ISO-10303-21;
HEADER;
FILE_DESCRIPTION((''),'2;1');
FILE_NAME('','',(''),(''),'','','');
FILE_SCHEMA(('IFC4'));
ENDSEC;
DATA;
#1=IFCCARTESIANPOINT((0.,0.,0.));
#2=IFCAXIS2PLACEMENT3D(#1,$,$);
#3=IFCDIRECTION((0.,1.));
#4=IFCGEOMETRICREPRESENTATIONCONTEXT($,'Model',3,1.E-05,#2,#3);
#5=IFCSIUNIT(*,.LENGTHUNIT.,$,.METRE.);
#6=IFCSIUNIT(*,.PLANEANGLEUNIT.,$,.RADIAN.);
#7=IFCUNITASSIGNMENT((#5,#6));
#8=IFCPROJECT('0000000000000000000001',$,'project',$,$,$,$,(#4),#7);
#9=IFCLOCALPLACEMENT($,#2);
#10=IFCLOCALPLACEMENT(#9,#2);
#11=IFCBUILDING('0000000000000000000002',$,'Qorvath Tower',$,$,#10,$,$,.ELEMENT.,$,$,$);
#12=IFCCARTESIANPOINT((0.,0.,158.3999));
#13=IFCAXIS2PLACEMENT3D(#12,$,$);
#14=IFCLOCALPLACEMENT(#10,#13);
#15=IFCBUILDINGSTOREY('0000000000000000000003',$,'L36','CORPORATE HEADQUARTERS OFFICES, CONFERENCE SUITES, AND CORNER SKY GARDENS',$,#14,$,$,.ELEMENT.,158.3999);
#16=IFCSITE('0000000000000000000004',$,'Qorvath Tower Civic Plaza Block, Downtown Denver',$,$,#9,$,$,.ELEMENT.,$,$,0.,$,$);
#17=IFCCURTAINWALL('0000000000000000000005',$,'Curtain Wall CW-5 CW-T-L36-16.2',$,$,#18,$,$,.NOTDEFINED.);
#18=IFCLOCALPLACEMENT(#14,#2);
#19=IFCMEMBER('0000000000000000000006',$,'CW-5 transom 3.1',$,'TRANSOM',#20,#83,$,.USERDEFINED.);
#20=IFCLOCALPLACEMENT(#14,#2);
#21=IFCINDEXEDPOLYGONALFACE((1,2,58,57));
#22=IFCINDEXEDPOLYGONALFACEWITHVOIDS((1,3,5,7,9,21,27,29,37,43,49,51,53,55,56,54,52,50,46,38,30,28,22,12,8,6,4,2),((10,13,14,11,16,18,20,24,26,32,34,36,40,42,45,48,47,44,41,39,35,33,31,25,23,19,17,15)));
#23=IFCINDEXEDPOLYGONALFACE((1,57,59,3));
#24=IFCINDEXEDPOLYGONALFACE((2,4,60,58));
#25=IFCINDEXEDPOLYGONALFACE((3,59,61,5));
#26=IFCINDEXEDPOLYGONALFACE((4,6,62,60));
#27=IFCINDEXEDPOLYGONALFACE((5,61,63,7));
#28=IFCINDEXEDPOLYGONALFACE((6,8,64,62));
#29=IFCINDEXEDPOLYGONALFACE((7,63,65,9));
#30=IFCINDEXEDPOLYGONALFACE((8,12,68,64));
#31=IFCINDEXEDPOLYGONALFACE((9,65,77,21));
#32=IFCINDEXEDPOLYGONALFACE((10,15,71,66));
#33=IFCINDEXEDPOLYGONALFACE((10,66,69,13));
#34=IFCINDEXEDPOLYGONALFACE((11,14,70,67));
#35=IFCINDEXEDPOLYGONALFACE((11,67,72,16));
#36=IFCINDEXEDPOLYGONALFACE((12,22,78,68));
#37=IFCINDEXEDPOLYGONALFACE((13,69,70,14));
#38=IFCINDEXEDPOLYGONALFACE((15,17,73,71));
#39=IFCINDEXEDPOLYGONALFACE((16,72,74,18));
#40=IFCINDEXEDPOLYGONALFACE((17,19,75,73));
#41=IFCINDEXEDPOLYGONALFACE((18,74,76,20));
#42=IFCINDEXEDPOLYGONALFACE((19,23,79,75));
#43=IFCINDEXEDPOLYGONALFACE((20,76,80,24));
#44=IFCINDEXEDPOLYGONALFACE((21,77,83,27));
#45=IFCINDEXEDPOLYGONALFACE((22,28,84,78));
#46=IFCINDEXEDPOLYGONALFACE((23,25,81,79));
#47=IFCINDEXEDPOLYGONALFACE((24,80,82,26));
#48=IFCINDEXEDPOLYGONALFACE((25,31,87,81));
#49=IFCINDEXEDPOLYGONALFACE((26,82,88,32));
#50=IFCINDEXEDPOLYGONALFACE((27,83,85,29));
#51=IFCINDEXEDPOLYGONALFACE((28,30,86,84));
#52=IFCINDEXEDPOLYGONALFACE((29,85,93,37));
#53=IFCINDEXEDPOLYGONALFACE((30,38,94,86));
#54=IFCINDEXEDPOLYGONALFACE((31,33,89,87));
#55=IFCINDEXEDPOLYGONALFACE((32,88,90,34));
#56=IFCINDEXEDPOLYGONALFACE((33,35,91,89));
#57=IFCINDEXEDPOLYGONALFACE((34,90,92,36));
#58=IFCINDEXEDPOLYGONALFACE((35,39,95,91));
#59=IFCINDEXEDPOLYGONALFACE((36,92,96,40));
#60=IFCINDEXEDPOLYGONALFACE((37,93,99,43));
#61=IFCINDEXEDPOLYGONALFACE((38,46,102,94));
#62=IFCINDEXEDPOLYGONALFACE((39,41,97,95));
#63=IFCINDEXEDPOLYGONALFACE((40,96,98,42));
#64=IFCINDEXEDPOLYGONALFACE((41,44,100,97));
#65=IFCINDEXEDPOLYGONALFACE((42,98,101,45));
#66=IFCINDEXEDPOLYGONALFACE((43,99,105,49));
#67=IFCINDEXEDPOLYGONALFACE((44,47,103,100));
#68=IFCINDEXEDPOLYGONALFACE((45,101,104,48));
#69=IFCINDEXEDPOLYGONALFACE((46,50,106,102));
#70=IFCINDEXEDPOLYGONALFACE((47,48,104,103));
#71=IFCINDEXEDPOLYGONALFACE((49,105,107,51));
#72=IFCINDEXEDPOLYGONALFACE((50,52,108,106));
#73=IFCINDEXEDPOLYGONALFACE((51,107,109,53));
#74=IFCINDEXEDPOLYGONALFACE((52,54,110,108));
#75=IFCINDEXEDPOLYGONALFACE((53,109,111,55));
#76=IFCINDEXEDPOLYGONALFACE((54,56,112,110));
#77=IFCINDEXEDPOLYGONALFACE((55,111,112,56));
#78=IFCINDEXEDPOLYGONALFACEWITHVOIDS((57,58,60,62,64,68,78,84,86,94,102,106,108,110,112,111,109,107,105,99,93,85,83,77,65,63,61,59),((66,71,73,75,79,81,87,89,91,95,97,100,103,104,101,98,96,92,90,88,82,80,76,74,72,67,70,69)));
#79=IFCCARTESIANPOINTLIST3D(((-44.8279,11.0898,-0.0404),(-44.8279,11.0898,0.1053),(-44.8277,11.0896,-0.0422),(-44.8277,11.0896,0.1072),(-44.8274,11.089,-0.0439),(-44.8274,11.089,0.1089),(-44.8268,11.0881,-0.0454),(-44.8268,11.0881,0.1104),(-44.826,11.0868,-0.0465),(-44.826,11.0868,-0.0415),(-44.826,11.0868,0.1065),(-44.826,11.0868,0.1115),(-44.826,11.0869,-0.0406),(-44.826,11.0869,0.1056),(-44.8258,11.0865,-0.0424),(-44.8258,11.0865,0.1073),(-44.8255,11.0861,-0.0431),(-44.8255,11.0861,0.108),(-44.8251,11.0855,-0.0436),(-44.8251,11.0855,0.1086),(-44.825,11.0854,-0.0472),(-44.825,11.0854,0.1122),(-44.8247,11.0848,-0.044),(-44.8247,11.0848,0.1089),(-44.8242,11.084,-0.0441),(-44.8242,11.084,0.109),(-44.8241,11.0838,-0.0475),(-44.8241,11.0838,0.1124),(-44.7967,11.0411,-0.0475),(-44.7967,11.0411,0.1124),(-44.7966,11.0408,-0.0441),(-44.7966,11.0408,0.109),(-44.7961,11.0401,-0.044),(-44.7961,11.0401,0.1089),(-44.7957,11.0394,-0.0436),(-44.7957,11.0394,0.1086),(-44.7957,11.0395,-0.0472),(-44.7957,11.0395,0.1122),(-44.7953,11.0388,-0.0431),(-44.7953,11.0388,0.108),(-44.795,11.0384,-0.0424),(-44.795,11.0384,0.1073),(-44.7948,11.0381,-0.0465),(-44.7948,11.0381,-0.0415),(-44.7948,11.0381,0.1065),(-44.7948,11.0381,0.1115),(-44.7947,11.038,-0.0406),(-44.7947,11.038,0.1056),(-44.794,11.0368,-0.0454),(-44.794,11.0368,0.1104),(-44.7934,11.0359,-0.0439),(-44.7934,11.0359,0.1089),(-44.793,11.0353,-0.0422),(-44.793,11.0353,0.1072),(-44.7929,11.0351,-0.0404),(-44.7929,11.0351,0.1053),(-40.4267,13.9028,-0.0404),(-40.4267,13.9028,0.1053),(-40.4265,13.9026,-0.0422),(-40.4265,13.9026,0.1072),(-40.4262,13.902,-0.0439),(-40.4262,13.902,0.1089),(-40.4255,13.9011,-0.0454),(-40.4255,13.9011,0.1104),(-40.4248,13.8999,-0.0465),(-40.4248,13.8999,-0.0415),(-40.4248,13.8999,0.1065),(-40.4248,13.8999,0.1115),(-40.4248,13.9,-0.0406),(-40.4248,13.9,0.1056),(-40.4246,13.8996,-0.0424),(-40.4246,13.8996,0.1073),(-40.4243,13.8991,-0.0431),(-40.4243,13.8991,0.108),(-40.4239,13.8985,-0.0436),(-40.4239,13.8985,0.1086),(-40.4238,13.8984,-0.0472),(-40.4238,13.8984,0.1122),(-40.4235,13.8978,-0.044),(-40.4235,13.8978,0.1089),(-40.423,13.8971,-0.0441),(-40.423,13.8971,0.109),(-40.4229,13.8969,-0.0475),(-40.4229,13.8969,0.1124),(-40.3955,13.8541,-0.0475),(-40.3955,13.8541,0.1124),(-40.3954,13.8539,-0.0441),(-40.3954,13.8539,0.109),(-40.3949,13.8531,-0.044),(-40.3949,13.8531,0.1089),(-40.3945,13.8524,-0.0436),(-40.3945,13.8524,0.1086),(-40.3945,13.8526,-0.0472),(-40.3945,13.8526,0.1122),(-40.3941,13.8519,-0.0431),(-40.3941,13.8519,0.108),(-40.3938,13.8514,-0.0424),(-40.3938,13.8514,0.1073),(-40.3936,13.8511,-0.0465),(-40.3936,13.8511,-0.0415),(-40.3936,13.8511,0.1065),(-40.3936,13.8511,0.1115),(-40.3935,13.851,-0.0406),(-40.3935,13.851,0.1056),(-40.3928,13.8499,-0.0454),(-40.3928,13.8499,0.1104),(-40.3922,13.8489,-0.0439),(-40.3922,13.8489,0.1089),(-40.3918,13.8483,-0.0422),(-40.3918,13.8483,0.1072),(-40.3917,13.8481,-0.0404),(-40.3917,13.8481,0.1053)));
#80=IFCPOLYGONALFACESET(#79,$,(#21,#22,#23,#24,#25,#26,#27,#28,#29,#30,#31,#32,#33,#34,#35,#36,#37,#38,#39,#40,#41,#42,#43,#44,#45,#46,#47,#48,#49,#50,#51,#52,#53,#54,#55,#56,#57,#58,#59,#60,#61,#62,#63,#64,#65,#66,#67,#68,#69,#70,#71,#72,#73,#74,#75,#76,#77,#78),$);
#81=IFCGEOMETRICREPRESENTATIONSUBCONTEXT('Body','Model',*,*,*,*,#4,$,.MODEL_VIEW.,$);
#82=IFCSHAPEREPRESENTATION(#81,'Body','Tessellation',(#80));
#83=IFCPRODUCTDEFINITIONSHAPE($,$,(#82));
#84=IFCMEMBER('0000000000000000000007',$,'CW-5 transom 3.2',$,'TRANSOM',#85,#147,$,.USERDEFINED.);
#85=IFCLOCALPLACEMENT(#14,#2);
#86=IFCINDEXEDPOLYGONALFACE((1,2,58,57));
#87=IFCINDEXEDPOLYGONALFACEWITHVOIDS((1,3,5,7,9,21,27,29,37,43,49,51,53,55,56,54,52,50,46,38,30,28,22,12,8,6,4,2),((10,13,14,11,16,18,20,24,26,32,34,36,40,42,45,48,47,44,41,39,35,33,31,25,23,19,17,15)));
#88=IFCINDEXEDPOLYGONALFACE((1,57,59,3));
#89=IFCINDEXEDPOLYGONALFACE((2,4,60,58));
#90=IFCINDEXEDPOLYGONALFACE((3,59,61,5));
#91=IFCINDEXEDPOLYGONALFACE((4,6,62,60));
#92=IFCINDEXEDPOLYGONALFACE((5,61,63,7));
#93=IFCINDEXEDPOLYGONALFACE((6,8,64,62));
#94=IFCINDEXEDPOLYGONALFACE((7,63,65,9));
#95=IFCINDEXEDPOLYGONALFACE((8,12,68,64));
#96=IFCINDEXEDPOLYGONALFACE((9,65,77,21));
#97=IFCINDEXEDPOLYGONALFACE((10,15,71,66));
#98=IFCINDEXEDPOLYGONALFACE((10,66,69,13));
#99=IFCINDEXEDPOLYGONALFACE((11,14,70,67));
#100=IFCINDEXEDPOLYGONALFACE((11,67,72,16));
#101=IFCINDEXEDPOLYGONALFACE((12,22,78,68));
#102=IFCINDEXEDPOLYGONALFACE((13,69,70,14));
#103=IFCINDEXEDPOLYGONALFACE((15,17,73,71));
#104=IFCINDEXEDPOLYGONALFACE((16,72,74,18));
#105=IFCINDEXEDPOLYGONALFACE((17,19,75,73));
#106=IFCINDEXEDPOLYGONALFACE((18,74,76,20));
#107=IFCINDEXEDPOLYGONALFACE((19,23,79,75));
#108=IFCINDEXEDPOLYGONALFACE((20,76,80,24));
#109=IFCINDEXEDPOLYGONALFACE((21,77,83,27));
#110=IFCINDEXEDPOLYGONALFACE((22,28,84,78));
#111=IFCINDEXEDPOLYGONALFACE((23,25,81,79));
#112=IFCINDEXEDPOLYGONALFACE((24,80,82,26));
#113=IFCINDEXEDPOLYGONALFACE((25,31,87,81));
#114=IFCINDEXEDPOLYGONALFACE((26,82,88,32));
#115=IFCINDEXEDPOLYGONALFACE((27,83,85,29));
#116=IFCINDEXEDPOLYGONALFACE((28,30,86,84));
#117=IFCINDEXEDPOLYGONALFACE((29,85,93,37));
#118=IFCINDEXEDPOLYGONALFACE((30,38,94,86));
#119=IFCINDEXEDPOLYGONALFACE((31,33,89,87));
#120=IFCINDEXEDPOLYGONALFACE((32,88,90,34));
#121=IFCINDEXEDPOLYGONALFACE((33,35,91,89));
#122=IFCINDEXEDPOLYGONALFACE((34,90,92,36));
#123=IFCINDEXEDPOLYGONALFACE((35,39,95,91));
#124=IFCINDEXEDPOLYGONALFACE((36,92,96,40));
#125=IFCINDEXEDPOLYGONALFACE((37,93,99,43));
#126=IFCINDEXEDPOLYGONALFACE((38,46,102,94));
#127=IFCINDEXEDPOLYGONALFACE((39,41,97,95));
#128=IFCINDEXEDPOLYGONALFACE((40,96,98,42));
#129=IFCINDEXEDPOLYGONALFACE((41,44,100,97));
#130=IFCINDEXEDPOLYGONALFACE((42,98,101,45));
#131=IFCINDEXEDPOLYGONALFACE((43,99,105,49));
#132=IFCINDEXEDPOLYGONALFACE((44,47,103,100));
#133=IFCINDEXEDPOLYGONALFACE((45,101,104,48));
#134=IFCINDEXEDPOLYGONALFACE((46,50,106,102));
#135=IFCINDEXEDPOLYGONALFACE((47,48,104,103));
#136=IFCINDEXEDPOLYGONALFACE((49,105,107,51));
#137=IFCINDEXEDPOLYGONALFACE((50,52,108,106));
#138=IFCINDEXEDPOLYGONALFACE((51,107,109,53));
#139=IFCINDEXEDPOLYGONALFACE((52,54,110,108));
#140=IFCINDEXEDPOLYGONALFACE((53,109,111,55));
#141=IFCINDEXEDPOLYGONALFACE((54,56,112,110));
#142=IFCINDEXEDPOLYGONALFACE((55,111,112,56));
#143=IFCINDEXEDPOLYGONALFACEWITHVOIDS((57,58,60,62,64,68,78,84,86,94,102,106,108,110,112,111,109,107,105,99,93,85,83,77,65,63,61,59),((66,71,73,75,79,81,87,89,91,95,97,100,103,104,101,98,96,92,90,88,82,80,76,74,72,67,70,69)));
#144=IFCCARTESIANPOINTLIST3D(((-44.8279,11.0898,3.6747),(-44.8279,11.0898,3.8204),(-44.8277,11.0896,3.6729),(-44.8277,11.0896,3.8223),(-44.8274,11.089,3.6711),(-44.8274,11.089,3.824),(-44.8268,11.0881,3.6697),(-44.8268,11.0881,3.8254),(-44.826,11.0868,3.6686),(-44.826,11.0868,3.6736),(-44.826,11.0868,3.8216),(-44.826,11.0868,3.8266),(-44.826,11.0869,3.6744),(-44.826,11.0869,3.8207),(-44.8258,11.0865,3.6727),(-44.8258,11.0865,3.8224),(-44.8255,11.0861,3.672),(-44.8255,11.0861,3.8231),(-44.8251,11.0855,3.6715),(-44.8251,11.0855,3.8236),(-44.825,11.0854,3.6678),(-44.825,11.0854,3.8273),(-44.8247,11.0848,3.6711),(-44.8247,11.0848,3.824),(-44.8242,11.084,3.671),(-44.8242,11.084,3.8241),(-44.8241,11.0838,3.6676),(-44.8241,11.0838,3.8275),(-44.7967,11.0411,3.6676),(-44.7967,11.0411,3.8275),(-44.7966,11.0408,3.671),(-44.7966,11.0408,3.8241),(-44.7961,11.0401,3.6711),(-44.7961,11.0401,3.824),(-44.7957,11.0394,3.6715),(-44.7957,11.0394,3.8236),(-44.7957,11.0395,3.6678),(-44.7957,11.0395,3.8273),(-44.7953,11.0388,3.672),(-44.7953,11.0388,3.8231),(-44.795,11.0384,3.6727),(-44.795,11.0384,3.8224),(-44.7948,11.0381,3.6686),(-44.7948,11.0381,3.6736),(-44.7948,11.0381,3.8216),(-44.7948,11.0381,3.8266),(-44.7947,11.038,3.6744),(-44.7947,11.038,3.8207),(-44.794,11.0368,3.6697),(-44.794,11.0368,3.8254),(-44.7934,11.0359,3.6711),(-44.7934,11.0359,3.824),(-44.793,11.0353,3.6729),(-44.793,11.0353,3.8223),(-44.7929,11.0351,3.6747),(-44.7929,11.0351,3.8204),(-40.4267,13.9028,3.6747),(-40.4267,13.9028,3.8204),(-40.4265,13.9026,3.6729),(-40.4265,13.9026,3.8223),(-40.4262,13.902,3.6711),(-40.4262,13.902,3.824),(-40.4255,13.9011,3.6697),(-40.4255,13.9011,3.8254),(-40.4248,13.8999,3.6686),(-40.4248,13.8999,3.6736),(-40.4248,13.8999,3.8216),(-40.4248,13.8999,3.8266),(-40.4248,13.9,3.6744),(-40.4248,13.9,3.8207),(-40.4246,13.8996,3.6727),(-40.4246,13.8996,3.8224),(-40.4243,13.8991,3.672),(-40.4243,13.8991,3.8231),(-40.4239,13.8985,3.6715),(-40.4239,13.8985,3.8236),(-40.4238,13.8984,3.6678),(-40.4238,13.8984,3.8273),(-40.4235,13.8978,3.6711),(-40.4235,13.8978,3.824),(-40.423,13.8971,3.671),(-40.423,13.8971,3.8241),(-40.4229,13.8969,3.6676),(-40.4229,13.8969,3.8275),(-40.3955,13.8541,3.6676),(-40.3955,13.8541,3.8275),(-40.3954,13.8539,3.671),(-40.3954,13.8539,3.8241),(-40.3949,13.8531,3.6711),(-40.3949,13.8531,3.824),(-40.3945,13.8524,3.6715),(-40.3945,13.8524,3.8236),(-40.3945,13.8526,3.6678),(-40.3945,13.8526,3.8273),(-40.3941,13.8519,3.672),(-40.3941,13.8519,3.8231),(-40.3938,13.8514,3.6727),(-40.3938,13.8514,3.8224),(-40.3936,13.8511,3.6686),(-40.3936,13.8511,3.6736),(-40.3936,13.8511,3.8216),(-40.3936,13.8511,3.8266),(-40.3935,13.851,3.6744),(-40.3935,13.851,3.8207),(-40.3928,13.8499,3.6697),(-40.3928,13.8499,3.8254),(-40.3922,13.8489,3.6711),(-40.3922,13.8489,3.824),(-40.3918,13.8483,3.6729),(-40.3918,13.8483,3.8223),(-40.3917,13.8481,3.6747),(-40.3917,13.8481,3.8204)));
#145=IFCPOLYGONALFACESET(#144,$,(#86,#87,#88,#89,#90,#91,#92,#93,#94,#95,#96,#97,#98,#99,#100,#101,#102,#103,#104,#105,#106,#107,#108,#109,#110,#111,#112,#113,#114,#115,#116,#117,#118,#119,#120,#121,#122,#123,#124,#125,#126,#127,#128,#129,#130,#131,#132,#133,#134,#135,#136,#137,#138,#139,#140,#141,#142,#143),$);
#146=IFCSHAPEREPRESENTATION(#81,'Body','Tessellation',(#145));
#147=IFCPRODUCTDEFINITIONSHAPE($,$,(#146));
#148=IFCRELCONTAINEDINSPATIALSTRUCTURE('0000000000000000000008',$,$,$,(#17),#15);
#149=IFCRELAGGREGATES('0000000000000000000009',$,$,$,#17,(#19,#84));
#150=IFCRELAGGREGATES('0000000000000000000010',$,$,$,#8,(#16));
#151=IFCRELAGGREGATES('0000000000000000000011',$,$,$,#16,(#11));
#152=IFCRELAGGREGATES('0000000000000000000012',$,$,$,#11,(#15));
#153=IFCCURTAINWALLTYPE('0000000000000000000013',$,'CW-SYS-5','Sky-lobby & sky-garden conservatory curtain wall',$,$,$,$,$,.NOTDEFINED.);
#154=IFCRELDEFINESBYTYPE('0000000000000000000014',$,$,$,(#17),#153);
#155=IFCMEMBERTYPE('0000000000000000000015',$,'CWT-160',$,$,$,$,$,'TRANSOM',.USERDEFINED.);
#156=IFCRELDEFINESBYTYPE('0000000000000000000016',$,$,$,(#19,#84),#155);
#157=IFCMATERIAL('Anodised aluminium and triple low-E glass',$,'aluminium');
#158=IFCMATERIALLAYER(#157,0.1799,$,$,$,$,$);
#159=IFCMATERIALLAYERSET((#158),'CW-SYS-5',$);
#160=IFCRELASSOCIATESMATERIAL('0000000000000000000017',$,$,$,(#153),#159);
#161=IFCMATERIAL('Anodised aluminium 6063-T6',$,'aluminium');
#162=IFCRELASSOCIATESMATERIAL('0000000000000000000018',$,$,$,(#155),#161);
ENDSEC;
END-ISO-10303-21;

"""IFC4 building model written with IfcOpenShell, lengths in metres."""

from ifc_helpers import new_model, si_unit, direction, frame, origin, origin_2d, place, context, subcontext, project, spatial, hollow_rectangle, extrude, material, layer, layer_set, material_profile, profile_set, type_object, element, aggregate, save


model = new_model("IFC4")

# Units and contexts
model_context = context("Model", 3, precision=1e-05, world=origin(), true_north=direction((0.0, 1.0)))
body_context = subcontext(model_context, "Body", "Model", "MODEL_VIEW")
ifc_project = project(units=[si_unit("LENGTHUNIT", "METRE"), si_unit("PLANEANGLEUNIT", "RADIAN")], contexts=[model_context])

# Site, building, storey
site_placement = place(None, origin())
site = spatial("IfcSite", under=ifc_project, at=site_placement, Name="Qorvath Tower Civic Plaza Block, Downtown Denver", CompositionType="ELEMENT", RefElevation=0.0)
building_placement = place(site_placement, origin())
building = spatial("IfcBuilding", under=site, at=building_placement, Name="Qorvath Tower", CompositionType="ELEMENT")
storey_placement = place(building_placement, frame((0.0, 0.0, 158.3999)))
storey = spatial("IfcBuildingStorey", under=building, at=storey_placement, Name="L36", Description="CORPORATE HEADQUARTERS OFFICES, CONFERENCE SUITES, AND CORNER SKY GARDENS", CompositionType="ELEMENT", Elevation=158.3999)

# Curtain wall
ifc_material_1 = material(Name="Anodised aluminium and triple low-E glass", Category="aluminium")
ifc_layer_1 = layer(ifc_material_1, 0.1799)
ifc_layer_set_1 = layer_set([ifc_layer_1], Name="CW-SYS-5")
curtain_wall_type = type_object("IfcCurtainWallType", Name="CW-SYS-5", Description="Sky-lobby & sky-garden conservatory curtain wall", PredefinedType="NOTDEFINED", material=ifc_layer_set_1)
curtain_wall_1_placement = place(storey_placement, origin())
curtain_wall_1 = element("IfcCurtainWall", 1, at=curtain_wall_1_placement, inside=storey, type_object=curtain_wall_type, Name="Curtain Wall CW-5 CW-T-L36-16.2", PredefinedType="NOTDEFINED")

# Members
ifc_material_2 = material(Name="Anodised aluminium 6063-T6", Category="aluminium")
ifc_material_profile_1 = material_profile(ifc_material_2, hollow_rectangle(XDim=0.0649, YDim=0.1599, WallThickness=0.0034, InnerFilletRadius=0.0034, OuterFilletRadius=0.0071, at=origin_2d()), Name="CWT 160x65")
ifc_profile_set_1 = profile_set([ifc_material_profile_1], Name="Anodised aluminium 6063-T6")
member_type_1 = type_object("IfcMemberType", Name="CWT-160", ElementType="TRANSOM", PredefinedType="USERDEFINED", material=ifc_profile_set_1)
member_1_placement = place(storey_placement, frame((-40.4092, 13.8755, 0.0325), z_axis=(-0.842596, -0.538547, 0.0), x_axis=(0.538547, -0.842596, 0.0)))
member_1 = element("IfcMember", 2, at=member_1_placement, type_object=member_type_1, Name="CW-5 transom 3.1", ObjectType="TRANSOM", PredefinedType="USERDEFINED", context=body_context, shape_type="SweptSolid", body=[
    extrude(hollow_rectangle(XDim=0.0649, YDim=0.1599, WallThickness=0.0034, InnerFilletRadius=0.0034, OuterFilletRadius=0.0071, at=origin_2d()), origin(), (0.0, 0.0, 1.0), 5.2234),
])
member_2_placement = place(storey_placement, frame((-40.4092, 13.8755, 3.7476), z_axis=(-0.842596, -0.538547, 0.0), x_axis=(0.538547, -0.842596, 0.0)))
member_2 = element("IfcMember", 3, at=member_2_placement, type_object=member_type_1, Name="CW-5 transom 3.2", ObjectType="TRANSOM", PredefinedType="USERDEFINED", context=body_context, shape_type="SweptSolid", body=[
    extrude(hollow_rectangle(XDim=0.0649, YDim=0.1599, WallThickness=0.0034, InnerFilletRadius=0.0034, OuterFilletRadius=0.0071, at=origin_2d()), origin(), (0.0, 0.0, 1.0), 5.2234),
])

aggregate(curtain_wall_1, [member_1, member_2])

save(model, "model.ifc")
